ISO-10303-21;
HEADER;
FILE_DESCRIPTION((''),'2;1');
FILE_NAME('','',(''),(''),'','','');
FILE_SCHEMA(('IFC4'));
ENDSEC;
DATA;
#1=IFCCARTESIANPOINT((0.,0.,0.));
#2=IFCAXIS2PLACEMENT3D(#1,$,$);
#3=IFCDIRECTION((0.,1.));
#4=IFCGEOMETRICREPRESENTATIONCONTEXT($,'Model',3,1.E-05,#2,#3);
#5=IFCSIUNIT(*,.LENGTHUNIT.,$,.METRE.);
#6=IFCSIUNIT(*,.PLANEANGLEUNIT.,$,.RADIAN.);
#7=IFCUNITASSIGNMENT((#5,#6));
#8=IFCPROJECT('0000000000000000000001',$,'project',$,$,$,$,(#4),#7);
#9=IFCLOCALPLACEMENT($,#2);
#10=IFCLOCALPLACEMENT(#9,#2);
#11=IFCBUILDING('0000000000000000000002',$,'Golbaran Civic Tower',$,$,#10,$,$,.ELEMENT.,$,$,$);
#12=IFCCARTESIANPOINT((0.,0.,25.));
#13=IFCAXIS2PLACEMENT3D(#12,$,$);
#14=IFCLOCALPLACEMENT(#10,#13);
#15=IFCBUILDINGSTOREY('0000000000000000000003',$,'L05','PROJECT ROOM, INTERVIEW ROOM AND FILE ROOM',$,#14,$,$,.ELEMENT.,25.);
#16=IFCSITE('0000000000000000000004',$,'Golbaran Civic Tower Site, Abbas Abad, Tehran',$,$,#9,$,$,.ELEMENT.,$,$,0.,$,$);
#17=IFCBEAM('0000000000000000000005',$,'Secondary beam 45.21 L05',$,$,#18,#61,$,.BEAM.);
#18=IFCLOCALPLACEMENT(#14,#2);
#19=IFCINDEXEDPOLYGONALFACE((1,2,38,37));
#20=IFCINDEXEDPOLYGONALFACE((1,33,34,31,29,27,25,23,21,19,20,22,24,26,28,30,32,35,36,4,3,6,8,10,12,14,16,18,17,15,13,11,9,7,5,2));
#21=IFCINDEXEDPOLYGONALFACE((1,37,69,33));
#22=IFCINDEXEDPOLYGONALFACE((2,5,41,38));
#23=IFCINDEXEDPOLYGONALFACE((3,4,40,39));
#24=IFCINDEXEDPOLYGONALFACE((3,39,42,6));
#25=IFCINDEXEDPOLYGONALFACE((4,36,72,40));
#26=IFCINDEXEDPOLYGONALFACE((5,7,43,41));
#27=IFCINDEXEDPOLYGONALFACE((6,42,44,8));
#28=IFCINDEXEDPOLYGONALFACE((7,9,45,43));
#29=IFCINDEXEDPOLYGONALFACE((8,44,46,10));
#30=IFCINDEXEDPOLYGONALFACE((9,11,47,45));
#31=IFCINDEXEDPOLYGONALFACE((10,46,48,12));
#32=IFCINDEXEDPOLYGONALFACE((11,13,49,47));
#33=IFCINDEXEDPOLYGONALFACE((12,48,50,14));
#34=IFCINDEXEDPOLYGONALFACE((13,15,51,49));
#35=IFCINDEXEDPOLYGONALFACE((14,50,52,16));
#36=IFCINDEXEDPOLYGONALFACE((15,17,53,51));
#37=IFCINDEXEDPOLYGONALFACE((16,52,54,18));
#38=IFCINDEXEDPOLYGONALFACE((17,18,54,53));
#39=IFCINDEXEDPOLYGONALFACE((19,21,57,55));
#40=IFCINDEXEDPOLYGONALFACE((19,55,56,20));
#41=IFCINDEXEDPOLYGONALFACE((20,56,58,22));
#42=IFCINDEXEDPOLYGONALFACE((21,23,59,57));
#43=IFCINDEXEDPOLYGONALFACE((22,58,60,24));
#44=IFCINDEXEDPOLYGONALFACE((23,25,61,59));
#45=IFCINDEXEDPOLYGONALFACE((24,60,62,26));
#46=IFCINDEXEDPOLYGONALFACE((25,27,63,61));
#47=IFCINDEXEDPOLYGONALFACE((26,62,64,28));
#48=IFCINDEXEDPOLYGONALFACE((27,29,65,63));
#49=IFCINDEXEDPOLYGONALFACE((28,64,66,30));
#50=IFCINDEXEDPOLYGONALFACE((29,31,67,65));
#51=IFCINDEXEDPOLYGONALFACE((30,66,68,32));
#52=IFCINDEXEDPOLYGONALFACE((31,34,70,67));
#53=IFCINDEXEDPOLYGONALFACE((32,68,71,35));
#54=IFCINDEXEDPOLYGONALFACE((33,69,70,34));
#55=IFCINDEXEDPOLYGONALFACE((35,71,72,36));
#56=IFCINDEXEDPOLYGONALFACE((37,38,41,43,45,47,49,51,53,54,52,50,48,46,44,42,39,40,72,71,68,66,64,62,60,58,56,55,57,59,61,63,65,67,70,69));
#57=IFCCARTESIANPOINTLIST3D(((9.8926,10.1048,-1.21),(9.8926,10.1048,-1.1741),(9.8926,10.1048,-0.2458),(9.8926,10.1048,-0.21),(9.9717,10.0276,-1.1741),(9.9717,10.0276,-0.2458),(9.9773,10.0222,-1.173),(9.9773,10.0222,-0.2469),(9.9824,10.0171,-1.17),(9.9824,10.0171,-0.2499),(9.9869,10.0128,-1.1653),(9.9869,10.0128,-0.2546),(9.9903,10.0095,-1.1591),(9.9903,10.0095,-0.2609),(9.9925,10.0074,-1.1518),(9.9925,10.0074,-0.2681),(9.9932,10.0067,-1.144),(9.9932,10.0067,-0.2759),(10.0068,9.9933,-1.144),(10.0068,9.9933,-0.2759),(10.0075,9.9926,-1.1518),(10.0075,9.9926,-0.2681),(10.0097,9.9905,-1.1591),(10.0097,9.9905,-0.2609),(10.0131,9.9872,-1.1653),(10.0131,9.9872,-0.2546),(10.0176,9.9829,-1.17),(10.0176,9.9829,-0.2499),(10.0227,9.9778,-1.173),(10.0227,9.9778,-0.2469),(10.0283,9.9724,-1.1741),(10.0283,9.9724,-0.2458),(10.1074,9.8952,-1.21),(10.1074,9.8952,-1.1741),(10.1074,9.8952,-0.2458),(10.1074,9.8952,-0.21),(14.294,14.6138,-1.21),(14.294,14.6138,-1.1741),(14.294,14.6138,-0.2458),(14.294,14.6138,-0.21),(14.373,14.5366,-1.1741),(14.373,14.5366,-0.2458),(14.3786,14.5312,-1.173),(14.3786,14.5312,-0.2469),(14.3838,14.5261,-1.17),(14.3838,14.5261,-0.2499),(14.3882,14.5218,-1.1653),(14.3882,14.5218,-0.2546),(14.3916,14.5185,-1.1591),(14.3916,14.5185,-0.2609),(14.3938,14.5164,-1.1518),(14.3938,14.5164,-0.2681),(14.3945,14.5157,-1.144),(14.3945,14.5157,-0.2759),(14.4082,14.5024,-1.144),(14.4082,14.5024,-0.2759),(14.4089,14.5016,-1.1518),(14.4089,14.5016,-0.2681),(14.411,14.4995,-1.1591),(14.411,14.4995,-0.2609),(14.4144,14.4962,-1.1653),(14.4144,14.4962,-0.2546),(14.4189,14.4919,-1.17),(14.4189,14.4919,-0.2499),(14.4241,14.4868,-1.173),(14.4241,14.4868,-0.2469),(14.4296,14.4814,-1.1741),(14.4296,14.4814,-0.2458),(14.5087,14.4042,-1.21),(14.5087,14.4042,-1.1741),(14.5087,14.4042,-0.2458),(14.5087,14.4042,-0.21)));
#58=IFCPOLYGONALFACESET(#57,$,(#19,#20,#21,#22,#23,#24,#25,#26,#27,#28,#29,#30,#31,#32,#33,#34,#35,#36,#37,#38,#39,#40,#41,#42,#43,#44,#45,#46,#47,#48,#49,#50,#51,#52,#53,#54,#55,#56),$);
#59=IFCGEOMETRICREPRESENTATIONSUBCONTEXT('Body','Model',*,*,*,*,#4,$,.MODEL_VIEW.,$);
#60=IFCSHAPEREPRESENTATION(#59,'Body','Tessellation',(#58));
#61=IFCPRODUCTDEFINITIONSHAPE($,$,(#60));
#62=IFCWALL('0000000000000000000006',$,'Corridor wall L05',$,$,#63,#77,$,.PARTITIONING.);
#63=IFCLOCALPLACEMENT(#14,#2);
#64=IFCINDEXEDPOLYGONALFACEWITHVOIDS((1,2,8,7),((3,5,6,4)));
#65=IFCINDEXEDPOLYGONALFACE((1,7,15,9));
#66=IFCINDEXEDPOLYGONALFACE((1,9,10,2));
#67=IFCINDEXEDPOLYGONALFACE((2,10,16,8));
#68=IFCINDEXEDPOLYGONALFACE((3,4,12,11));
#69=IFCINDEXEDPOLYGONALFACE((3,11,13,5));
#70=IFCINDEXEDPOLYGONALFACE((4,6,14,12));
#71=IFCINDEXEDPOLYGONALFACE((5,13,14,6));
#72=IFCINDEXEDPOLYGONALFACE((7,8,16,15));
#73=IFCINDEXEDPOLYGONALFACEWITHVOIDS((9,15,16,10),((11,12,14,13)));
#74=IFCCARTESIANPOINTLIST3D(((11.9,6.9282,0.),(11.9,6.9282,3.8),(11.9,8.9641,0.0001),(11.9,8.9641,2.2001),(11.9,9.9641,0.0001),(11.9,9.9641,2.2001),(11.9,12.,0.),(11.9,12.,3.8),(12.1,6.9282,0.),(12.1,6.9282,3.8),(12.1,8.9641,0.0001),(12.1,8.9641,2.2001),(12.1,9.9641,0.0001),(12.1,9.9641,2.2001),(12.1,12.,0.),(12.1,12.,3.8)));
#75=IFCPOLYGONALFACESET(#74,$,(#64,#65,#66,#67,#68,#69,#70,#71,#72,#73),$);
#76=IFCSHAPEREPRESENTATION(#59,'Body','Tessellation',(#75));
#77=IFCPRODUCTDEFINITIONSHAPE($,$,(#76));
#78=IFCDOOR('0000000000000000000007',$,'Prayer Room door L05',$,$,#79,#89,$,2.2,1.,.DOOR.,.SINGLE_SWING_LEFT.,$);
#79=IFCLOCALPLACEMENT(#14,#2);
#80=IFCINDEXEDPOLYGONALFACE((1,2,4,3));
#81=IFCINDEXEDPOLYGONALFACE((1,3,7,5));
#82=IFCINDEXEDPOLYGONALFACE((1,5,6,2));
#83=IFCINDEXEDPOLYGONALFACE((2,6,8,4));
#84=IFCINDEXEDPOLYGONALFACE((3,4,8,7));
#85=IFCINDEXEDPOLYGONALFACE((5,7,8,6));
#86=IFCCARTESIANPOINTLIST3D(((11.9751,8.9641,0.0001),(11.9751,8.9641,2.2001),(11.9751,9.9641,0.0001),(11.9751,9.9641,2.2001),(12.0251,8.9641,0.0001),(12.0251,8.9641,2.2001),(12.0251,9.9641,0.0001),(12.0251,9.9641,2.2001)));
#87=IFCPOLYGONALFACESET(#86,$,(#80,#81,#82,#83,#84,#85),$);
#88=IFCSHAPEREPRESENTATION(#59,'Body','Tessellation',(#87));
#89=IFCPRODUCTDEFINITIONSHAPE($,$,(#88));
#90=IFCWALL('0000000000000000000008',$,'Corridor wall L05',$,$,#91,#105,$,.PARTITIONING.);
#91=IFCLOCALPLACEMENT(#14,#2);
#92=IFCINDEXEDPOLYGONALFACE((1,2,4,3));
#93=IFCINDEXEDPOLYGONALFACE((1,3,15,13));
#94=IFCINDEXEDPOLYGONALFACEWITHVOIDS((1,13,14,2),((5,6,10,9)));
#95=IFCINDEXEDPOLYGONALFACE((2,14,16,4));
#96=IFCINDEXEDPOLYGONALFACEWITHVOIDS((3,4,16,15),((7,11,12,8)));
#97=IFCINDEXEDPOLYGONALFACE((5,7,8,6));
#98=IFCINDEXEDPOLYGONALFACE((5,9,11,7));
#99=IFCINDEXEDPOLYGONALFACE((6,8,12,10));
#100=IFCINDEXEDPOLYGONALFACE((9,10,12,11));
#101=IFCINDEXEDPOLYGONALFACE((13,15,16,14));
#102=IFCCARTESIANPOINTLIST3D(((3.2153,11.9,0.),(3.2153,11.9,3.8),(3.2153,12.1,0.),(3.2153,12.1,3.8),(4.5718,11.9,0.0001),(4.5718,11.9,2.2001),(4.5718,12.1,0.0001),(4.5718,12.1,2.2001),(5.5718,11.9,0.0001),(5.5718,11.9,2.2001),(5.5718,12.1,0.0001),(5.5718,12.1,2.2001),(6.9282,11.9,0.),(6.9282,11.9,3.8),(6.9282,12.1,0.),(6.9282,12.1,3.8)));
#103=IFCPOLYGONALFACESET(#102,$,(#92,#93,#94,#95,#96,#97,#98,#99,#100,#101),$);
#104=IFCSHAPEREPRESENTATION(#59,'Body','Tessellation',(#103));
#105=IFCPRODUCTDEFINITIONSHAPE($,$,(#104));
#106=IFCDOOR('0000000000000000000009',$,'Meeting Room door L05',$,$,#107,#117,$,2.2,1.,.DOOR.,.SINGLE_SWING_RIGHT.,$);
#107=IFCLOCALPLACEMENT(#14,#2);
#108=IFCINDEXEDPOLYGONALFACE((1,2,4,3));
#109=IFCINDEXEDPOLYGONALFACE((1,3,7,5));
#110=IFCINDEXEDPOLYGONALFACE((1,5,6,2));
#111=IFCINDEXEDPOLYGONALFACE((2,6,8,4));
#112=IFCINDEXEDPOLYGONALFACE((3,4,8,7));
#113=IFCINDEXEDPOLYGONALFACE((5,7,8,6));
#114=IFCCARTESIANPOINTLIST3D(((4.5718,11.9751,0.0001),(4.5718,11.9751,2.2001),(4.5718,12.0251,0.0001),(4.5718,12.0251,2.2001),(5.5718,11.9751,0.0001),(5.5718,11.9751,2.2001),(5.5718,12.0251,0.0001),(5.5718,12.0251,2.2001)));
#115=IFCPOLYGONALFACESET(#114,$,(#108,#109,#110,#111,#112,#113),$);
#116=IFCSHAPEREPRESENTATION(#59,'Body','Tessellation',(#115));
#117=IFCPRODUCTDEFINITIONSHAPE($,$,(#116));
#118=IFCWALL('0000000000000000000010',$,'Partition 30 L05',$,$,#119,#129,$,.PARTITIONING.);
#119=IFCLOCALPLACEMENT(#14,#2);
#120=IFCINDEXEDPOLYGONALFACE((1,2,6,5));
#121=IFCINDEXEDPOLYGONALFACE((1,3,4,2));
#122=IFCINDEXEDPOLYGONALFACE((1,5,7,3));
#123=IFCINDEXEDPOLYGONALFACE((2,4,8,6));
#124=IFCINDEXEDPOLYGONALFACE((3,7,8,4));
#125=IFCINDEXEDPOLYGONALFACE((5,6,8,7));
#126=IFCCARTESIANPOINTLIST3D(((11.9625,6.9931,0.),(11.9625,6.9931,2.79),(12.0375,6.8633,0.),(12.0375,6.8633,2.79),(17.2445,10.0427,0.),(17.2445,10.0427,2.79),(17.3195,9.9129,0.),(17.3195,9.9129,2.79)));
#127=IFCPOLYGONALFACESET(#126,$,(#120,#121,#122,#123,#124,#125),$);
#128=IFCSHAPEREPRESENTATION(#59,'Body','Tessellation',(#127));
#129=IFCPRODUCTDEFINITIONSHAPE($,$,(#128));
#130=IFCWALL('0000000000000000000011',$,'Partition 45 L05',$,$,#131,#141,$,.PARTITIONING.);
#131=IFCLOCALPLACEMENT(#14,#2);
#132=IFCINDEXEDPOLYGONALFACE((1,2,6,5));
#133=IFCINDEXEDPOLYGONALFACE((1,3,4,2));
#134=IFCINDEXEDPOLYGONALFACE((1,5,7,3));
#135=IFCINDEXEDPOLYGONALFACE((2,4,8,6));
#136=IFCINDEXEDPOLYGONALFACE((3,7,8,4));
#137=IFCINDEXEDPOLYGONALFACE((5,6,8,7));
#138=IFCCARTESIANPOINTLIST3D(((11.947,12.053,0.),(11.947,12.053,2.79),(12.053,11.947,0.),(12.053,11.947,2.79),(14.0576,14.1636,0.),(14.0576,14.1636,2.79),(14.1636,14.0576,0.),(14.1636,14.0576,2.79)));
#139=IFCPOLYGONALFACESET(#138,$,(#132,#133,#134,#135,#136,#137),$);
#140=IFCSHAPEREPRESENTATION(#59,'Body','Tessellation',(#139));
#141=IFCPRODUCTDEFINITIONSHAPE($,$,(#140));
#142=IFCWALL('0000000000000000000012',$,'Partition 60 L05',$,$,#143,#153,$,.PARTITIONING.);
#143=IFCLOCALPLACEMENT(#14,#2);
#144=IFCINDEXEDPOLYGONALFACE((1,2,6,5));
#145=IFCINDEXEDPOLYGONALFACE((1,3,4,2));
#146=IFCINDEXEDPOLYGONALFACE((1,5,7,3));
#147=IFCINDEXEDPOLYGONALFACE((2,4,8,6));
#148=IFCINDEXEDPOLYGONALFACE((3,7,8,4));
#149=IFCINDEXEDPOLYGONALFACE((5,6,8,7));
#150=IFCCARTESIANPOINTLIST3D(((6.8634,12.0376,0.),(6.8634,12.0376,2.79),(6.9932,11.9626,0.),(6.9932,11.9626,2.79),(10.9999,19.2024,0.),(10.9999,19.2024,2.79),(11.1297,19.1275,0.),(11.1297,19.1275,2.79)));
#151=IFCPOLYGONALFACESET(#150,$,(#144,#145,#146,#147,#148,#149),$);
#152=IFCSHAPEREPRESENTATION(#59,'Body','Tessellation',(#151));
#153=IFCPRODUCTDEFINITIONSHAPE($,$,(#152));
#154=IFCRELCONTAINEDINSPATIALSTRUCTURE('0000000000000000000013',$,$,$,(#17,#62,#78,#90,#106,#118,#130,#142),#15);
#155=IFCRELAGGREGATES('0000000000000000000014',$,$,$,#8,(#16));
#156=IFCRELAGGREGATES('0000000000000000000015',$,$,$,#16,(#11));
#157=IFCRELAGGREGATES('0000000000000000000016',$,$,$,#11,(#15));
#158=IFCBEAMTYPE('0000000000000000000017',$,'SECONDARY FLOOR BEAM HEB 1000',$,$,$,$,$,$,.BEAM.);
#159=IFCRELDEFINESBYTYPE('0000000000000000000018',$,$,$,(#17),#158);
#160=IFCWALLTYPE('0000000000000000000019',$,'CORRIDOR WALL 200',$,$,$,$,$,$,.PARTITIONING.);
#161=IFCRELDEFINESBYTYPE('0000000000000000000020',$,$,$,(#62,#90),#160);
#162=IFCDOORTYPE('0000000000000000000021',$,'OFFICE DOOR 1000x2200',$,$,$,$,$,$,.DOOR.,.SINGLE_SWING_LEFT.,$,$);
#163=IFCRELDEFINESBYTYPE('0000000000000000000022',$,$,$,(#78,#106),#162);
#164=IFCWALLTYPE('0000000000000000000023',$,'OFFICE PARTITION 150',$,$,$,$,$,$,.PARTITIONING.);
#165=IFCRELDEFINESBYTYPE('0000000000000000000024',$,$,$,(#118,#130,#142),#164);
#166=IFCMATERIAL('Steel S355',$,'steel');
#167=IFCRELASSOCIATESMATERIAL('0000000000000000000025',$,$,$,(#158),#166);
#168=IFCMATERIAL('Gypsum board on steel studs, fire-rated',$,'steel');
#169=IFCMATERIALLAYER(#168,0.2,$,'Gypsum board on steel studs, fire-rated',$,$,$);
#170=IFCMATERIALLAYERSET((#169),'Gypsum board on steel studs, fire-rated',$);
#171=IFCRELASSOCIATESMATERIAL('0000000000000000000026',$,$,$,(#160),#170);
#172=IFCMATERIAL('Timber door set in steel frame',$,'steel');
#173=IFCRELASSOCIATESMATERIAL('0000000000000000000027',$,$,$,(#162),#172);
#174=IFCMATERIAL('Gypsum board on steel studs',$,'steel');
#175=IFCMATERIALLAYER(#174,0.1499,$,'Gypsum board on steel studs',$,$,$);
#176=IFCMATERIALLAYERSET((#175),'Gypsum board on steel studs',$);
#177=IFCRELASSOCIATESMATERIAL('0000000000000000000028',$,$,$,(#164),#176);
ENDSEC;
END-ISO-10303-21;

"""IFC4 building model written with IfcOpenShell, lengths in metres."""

from ifc_helpers import new_model, si_unit, direction, frame, frame_2d, origin, origin_2d, place, context, subcontext, project, spatial, rectangle, i_section, extrude, material, layer, layer_set, material_profile, profile_set, type_object, element, fill, save


model = new_model("IFC4")

# Units and contexts
model_context = context("Model", 3, precision=1e-05, world=origin(), true_north=direction((0.0, 1.0)))
body_context = subcontext(model_context, "Body", "Model", "MODEL_VIEW")
ifc_project = project(units=[si_unit("LENGTHUNIT", "METRE"), si_unit("PLANEANGLEUNIT", "RADIAN")], contexts=[model_context])

# Site, building, storey
site_placement = place(None, origin())
site = spatial("IfcSite", under=ifc_project, at=site_placement, Name="Golbaran Civic Tower Site, Abbas Abad, Tehran", CompositionType="ELEMENT", RefElevation=0.0)
building_placement = place(site_placement, origin())
building = spatial("IfcBuilding", under=site, at=building_placement, Name="Golbaran Civic Tower", CompositionType="ELEMENT")
storey_placement = place(building_placement, frame((0.0, 0.0, 25.0)))
storey = spatial("IfcBuildingStorey", under=building, at=storey_placement, Name="L05", Description="PROJECT ROOM, INTERVIEW ROOM AND FILE ROOM", CompositionType="ELEMENT", Elevation=25.0)

# Beam
ifc_material_1 = material(Name="Steel S355", Category="steel")
ifc_material_profile_1 = material_profile(ifc_material_1, i_section(OverallWidth=0.3, OverallDepth=1.0, WebThickness=0.019, FlangeThickness=0.0359, FilletRadius=0.03, at=origin_2d()), Name="HEB 1000")
ifc_profile_set_1 = profile_set([ifc_material_profile_1], Name="Steel S355")
beam_type_1 = type_object("IfcBeamType", Name="SECONDARY FLOOR BEAM HEB 1000", PredefinedType="BEAM", material=ifc_profile_set_1)
beam_1_placement = place(storey_placement, frame((10.0, 10.0, -0.71), z_axis=(0.698512, 0.715599, 0.0), x_axis=(-0.715599, 0.698512, 0.0)))
element("IfcBeam", 1, at=beam_1_placement, inside=storey, type_object=beam_type_1, Name="Secondary beam 45.21 L05", PredefinedType="BEAM", context=body_context, shape_type="SweptSolid", body=[
    extrude(i_section(OverallWidth=0.3, OverallDepth=1.0, WebThickness=0.019, FlangeThickness=0.0359, FilletRadius=0.03, at=origin_2d()), origin(), (0.0, 0.0, 1.0), 6.301),
])

# Walls, openings, doors
ifc_material_2 = material(Name="Gypsum board on steel studs, fire-rated", Category="steel")
ifc_layer_1 = layer(ifc_material_2, 0.2, Name="Gypsum board on steel studs, fire-rated")
ifc_layer_set_1 = layer_set([ifc_layer_1], Name="Gypsum board on steel studs, fire-rated")
wall_type_1 = type_object("IfcWallType", Name="CORRIDOR WALL 200", PredefinedType="PARTITIONING", material=ifc_layer_set_1)
wall_1_placement = place(storey_placement, frame((12.0, 6.9282, 0.0), z_axis=(0.0, 0.0, 1.0), x_axis=(0.0, 1.0, 0.0)))
wall_1 = element("IfcWall", 2, at=wall_1_placement, inside=storey, type_object=wall_type_1, Name="Corridor wall L05", PredefinedType="PARTITIONING", context=body_context, shape_type="SweptSolid", body=[
    extrude(rectangle(XDim=5.0718, YDim=0.2, at=frame_2d((2.5359, 0.0))), origin(), (0.0, 0.0, 1.0), 3.8),
])
opening_1_placement = place(wall_1_placement, frame((2.0359, 0.0, 0.0)))
opening_1 = element("IfcOpeningElement", 3, at=opening_1_placement, cuts=wall_1, PredefinedType="OPENING", context=body_context, shape_type="SweptSolid", body=[
    extrude(rectangle(XDim=1.0, YDim=2.2, at=frame_2d((0.5, 1.1001))), frame((0.0, 0.1099, 0.0), z_axis=(0.0, -1.0, 0.0), x_axis=(1.0, 0.0, 0.0)), (0.0, 0.0, 1.0), 0.22),
])
ifc_material_3 = material(Name="Timber door set in steel frame", Category="steel")
door_type_1 = type_object("IfcDoorType", Name="OFFICE DOOR 1000x2200", OperationType="SINGLE_SWING_LEFT", PredefinedType="DOOR", material=ifc_material_3)
door_1_placement = place(opening_1_placement, origin())
door_1 = element("IfcDoor", 4, at=door_1_placement, inside=storey, type_object=door_type_1, Name="Prayer Room door L05", OperationType="SINGLE_SWING_LEFT", OverallHeight=2.2, OverallWidth=1.0, PredefinedType="DOOR", context=body_context, shape_type="SweptSolid", body=[
    extrude(rectangle(XDim=1.0, YDim=2.2, at=frame_2d((0.5, 1.1001))), frame((0.0, 0.0249, 0.0), z_axis=(0.0, -1.0, 0.0), x_axis=(1.0, 0.0, 0.0)), (0.0, 0.0, 1.0), 0.05),
])
fill(opening_1, door_1)
wall_2_placement = place(storey_placement, frame((6.9282, 12.0, 0.0), z_axis=(0.0, 0.0, 1.0), x_axis=(-1.0, 0.0, 0.0)))
wall_2 = element("IfcWall", 5, at=wall_2_placement, inside=storey, type_object=wall_type_1, Name="Corridor wall L05", PredefinedType="PARTITIONING", context=body_context, shape_type="SweptSolid", body=[
    extrude(rectangle(XDim=3.7129, YDim=0.2, at=frame_2d((1.8564, 0.0))), origin(), (0.0, 0.0, 1.0), 3.8),
])
opening_2_placement = place(wall_2_placement, frame((1.3564, 0.0, 0.0)))
opening_2 = element("IfcOpeningElement", 6, at=opening_2_placement, cuts=wall_2, PredefinedType="OPENING", context=body_context, shape_type="SweptSolid", body=[
    extrude(rectangle(XDim=1.0, YDim=2.2, at=frame_2d((0.5, 1.1001))), frame((0.0, 0.1099, 0.0), z_axis=(0.0, -1.0, 0.0), x_axis=(1.0, 0.0, 0.0)), (0.0, 0.0, 1.0), 0.22),
])
door_2_placement = place(opening_2_placement, origin())
door_2 = element("IfcDoor", 7, at=door_2_placement, inside=storey, type_object=door_type_1, Name="Meeting Room door L05", OperationType="SINGLE_SWING_RIGHT", OverallHeight=2.2, OverallWidth=1.0, PredefinedType="DOOR", context=body_context, shape_type="SweptSolid", body=[
    extrude(rectangle(XDim=1.0, YDim=2.2, at=frame_2d((0.5, 1.1001))), frame((0.0, 0.0249, 0.0), z_axis=(0.0, -1.0, 0.0), x_axis=(1.0, 0.0, 0.0)), (0.0, 0.0, 1.0), 0.05),
])
fill(opening_2, door_2)

# Walls
ifc_material_4 = material(Name="Gypsum board on steel studs", Category="steel")
ifc_layer_2 = layer(ifc_material_4, 0.1499, Name="Gypsum board on steel studs")
ifc_layer_set_2 = layer_set([ifc_layer_2], Name="Gypsum board on steel studs")
wall_type_2 = type_object("IfcWallType", Name="OFFICE PARTITION 150", PredefinedType="PARTITIONING", material=ifc_layer_set_2)
wall_3_placement = place(storey_placement, frame((12.0, 6.9282, 0.0), z_axis=(0.0, 0.0, 1.0), x_axis=(0.866025, 0.500001, 0.0)))
element("IfcWall", 8, at=wall_3_placement, inside=storey, type_object=wall_type_2, Name="Partition 30 L05", PredefinedType="PARTITIONING", context=body_context, shape_type="SweptSolid", body=[
    extrude(rectangle(XDim=6.0991, YDim=0.1499, at=frame_2d((3.0496, 0.0))), origin(), (0.0, 0.0, 1.0), 2.79),
])
wall_4_placement = place(storey_placement, frame((12.0, 12.0, 0.0), z_axis=(0.0, 0.0, 1.0), x_axis=(0.707107, 0.707107, 0.0)))
element("IfcWall", 9, at=wall_4_placement, inside=storey, type_object=wall_type_2, Name="Partition 45 L05", PredefinedType="PARTITIONING", context=body_context, shape_type="SweptSolid", body=[
    extrude(rectangle(XDim=2.9849, YDim=0.1499, at=frame_2d((1.4924, 0.0))), origin(), (0.0, 0.0, 1.0), 2.79),
])
wall_5_placement = place(storey_placement, frame((6.9282, 12.0, 0.0), z_axis=(0.0, 0.0, 1.0), x_axis=(0.499989, 0.866032, 0.0)))
element("IfcWall", 10, at=wall_5_placement, inside=storey, type_object=wall_type_2, Name="Partition 60 L05", PredefinedType="PARTITIONING", context=body_context, shape_type="SweptSolid", body=[
    extrude(rectangle(XDim=8.2732, YDim=0.1499, at=frame_2d((4.1367, 0.0))), origin(), (0.0, 0.0, 1.0), 2.79),
])

save(model, "model.ifc")
